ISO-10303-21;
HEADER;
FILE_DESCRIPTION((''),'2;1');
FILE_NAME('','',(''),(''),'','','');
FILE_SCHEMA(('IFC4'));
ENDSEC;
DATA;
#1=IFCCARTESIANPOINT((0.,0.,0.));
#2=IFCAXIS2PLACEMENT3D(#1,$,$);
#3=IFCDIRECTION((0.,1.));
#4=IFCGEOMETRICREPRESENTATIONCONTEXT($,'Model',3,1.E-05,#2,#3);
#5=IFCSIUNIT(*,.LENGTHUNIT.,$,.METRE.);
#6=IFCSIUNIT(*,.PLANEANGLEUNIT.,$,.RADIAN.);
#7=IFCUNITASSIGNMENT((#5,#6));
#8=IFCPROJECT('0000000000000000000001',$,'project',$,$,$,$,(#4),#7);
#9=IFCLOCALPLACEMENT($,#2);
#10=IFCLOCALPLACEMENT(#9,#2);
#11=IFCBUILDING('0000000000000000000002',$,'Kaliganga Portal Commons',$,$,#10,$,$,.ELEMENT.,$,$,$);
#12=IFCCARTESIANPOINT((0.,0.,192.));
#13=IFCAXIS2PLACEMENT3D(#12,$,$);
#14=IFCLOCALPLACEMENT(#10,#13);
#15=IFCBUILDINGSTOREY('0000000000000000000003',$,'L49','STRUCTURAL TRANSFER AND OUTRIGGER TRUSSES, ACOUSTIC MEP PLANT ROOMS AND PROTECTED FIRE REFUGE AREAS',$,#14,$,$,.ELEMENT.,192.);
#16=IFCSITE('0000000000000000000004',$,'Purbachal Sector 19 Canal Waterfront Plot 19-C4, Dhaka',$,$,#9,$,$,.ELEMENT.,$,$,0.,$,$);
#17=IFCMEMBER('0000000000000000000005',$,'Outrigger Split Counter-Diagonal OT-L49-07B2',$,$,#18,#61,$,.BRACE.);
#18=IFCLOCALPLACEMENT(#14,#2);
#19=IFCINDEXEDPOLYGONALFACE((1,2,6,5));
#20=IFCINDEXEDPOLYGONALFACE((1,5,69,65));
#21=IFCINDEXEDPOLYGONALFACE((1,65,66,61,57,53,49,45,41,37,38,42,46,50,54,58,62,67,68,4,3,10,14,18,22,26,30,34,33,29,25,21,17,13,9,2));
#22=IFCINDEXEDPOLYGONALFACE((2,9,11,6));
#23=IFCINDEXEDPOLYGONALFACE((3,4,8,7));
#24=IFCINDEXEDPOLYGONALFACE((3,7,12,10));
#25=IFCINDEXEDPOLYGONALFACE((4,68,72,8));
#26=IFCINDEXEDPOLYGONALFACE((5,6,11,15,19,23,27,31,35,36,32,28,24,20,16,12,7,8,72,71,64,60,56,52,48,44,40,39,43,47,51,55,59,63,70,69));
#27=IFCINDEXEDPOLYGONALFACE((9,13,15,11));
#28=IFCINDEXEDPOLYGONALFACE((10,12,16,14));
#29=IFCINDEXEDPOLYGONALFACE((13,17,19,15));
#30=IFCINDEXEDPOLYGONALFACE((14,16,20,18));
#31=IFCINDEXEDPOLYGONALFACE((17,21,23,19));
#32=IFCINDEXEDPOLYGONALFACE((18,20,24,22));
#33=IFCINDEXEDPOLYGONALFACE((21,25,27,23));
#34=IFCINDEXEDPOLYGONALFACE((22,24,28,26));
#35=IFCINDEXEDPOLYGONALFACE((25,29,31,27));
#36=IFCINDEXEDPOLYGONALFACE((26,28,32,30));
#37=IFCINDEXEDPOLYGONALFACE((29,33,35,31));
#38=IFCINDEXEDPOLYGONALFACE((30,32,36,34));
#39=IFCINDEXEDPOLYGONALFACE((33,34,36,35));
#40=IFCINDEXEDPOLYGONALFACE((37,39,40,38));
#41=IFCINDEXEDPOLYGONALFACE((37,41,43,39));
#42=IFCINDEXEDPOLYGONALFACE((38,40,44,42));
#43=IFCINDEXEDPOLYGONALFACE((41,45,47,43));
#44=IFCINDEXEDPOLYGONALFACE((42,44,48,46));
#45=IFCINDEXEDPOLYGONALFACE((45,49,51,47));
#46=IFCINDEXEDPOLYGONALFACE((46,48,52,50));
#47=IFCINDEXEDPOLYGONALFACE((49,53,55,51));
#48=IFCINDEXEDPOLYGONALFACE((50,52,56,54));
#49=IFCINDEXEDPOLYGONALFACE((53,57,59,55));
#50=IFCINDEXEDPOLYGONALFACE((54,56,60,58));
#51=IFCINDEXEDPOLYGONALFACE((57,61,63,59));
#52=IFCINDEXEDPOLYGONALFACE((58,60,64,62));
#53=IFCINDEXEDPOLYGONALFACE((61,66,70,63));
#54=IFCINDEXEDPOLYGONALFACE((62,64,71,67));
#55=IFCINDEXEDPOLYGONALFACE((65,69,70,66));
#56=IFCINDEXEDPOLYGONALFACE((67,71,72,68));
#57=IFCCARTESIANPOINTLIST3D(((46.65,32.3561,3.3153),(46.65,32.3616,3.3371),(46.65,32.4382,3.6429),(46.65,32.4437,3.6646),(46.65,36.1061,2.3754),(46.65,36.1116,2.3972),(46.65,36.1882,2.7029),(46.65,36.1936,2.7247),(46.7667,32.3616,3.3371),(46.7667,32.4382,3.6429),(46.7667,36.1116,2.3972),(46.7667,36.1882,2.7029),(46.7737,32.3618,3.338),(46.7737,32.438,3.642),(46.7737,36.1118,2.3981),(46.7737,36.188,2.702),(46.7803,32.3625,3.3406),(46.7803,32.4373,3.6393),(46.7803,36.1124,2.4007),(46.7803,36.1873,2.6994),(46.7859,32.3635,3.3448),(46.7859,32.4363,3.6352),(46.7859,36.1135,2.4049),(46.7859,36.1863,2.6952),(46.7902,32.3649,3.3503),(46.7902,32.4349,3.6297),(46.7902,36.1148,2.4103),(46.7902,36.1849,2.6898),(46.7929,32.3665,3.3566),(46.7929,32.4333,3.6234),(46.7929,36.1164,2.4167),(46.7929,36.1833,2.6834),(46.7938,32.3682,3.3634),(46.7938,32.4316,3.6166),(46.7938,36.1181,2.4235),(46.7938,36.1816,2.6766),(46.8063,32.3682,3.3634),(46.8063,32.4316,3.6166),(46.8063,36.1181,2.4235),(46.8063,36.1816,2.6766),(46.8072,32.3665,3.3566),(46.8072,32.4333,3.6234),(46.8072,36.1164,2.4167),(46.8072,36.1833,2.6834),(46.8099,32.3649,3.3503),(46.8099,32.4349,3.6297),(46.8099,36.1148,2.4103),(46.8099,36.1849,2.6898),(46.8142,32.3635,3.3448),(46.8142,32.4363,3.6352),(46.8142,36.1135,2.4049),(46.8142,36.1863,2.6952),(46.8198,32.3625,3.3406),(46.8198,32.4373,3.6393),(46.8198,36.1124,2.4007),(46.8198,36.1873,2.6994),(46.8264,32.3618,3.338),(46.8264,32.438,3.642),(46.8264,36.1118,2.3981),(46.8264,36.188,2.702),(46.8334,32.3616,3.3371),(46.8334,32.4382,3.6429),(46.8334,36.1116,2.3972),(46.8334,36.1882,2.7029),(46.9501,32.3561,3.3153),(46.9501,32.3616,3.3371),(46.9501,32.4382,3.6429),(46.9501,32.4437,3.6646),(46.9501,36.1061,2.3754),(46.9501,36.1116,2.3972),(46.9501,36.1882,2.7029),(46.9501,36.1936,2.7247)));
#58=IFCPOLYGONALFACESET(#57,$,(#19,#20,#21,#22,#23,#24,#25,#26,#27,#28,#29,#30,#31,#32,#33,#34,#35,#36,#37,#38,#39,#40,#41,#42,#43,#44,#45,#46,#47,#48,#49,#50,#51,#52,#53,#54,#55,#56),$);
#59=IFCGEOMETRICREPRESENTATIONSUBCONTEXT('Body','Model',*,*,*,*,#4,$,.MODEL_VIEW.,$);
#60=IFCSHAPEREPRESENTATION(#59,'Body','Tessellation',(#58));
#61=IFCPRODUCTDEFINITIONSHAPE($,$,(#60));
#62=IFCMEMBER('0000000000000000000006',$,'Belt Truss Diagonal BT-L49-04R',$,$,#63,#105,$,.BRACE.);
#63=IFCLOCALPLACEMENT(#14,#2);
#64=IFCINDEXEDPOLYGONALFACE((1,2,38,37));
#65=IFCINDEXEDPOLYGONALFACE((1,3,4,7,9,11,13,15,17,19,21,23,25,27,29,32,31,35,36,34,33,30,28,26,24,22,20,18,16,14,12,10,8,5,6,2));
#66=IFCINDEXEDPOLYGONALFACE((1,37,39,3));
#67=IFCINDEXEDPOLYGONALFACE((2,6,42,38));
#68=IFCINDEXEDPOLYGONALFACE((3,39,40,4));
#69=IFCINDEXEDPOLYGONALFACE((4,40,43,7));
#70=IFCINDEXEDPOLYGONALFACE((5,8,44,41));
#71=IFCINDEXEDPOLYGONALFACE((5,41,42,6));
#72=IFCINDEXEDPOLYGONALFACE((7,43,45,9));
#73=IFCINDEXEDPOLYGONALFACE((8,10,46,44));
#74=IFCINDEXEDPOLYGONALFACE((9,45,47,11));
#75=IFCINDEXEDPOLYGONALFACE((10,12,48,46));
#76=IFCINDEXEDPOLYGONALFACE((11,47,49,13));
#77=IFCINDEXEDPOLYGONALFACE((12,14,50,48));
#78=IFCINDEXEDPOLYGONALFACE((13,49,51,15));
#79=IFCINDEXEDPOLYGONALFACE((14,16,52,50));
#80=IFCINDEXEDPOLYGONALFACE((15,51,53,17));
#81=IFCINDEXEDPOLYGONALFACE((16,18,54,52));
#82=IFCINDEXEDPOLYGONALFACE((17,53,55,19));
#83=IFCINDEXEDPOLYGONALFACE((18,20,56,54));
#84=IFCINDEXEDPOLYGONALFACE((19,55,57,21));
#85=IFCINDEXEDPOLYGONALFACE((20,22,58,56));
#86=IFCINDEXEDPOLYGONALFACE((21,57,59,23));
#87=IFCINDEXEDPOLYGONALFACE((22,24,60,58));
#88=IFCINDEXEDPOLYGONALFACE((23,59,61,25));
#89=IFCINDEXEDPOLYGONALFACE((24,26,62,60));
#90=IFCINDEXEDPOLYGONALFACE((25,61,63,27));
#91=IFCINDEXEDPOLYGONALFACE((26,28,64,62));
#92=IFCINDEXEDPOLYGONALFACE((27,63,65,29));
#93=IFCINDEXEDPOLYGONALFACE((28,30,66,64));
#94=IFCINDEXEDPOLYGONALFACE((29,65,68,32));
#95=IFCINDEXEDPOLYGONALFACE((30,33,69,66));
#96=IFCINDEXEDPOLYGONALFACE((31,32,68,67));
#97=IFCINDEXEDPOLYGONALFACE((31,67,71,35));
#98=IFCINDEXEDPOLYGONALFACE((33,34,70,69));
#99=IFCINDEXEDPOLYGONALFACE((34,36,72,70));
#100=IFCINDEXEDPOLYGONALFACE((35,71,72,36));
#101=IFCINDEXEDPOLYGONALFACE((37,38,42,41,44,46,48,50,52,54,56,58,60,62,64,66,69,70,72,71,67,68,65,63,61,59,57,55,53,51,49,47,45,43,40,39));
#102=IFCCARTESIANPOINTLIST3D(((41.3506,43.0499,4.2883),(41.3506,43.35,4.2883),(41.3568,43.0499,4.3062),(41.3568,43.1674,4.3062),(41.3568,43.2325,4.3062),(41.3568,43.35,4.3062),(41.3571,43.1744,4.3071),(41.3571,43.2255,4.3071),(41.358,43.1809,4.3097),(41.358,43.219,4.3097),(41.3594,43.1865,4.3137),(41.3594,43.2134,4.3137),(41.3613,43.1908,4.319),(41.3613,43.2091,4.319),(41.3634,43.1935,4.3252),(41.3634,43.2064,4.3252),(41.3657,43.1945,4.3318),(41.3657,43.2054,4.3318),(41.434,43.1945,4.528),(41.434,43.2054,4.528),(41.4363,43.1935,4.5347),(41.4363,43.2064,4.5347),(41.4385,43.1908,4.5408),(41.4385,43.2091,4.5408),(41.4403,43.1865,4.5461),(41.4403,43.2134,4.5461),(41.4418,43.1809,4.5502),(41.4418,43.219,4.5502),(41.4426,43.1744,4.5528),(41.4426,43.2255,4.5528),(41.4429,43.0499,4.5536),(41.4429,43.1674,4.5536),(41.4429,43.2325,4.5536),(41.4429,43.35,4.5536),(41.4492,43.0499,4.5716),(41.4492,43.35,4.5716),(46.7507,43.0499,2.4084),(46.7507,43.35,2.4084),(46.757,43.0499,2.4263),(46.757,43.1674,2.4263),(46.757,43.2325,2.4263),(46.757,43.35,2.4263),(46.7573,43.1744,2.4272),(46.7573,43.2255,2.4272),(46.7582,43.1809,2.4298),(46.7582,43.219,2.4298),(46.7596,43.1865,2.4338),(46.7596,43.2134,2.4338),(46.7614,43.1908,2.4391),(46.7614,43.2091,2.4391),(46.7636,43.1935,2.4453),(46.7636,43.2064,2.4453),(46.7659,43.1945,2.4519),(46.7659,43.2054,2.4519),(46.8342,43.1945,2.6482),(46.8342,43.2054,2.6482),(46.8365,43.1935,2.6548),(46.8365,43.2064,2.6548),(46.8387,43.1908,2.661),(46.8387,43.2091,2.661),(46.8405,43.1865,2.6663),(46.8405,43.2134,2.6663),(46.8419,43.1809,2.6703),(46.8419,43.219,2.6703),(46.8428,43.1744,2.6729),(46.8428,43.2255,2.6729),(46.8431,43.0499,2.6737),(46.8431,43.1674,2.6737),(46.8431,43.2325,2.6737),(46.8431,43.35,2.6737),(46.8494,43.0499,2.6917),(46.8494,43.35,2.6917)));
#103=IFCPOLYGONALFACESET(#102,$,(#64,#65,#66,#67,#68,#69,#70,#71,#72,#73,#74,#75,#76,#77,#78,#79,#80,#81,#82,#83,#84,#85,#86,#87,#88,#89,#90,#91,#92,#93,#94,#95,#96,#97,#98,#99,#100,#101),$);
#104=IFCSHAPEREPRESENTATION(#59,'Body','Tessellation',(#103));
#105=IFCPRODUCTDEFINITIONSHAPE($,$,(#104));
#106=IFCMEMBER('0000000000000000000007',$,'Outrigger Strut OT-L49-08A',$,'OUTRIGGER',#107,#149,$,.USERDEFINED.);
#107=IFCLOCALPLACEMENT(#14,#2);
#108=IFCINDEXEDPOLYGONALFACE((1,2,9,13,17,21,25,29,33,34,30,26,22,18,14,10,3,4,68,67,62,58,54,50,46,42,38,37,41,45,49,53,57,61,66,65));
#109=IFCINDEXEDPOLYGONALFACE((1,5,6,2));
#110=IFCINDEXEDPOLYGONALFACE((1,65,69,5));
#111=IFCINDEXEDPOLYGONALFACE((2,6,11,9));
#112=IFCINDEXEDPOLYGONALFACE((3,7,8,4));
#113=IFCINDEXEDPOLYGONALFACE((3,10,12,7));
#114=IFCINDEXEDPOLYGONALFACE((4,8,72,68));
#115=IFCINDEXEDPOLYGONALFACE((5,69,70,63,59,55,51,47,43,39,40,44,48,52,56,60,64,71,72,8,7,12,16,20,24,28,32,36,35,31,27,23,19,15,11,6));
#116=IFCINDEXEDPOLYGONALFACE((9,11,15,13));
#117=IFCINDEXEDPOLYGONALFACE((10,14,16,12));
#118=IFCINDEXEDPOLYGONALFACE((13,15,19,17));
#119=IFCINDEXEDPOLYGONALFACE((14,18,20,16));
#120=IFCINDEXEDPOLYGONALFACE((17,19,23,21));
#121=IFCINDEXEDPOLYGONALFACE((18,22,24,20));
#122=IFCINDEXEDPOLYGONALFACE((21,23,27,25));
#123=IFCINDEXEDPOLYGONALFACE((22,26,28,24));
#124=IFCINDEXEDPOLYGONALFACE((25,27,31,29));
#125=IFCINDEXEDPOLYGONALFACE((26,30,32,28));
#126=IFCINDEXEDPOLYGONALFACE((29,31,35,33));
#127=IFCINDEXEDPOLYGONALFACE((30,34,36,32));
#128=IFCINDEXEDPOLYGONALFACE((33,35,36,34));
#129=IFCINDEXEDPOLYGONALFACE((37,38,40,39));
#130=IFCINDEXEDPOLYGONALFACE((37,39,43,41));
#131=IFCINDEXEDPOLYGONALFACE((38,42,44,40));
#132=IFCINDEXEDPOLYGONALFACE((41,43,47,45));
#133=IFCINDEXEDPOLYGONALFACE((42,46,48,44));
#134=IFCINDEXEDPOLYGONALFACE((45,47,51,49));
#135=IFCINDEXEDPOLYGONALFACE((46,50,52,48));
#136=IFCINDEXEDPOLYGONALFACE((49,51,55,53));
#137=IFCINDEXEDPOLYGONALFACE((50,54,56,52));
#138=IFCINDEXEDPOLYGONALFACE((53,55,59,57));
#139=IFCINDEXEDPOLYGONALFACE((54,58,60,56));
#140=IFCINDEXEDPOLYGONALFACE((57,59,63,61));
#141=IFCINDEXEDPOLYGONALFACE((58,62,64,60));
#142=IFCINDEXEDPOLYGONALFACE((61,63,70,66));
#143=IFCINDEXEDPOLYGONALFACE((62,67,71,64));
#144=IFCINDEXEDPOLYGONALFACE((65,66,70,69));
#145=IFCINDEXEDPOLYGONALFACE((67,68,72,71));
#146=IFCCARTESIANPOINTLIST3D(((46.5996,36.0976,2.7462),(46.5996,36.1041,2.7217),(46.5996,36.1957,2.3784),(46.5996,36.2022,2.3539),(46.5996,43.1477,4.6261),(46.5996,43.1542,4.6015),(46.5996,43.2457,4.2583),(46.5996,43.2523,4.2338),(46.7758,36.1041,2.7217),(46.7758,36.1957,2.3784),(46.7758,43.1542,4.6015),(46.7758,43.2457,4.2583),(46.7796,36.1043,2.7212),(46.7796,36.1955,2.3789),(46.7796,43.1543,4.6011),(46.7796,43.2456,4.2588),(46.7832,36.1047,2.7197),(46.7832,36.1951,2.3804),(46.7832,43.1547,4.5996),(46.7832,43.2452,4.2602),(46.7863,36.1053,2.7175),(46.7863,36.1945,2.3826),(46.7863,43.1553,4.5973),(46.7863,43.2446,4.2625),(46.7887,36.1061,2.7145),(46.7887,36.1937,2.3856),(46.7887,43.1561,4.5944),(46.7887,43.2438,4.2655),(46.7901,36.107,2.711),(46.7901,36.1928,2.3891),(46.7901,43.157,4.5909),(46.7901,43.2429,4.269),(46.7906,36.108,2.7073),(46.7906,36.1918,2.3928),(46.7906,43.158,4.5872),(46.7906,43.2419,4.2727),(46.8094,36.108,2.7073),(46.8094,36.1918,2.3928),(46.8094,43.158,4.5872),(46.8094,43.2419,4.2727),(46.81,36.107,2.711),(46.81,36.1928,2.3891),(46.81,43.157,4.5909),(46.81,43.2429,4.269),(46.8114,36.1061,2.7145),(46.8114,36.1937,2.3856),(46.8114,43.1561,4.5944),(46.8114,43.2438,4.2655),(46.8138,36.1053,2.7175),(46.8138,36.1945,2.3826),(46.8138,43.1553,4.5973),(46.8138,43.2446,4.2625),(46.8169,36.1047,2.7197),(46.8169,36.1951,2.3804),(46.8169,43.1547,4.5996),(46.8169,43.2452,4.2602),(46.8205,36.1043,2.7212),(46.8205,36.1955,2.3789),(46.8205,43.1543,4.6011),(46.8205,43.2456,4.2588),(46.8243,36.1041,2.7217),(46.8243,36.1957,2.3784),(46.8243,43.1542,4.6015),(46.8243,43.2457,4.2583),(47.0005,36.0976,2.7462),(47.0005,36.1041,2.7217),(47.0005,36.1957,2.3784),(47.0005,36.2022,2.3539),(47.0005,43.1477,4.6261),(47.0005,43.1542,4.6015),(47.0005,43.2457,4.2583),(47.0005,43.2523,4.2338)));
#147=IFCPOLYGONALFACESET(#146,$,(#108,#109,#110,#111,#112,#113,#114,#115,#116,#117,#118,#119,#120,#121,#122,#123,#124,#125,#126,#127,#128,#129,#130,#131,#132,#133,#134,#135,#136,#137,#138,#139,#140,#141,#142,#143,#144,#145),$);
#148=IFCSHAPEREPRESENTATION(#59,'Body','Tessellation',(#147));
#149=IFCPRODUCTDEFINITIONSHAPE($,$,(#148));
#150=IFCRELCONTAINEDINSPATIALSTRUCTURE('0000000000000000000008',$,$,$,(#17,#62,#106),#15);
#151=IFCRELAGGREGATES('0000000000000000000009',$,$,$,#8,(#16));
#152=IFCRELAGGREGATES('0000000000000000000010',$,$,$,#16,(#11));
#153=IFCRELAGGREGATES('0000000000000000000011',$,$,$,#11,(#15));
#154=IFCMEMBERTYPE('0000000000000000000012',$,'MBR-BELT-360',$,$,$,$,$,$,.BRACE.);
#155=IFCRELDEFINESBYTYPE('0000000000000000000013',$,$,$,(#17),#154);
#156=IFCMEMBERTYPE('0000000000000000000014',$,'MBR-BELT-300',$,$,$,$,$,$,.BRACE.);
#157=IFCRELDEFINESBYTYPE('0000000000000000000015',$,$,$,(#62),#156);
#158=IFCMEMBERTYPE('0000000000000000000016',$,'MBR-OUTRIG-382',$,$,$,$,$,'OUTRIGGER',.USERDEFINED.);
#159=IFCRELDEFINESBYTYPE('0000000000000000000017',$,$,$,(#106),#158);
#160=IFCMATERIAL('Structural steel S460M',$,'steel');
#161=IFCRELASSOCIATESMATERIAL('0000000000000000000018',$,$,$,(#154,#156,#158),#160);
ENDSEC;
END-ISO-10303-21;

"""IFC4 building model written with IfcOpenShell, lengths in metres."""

from ifc_helpers import new_model, si_unit, direction, frame, origin, origin_2d, place, context, subcontext, project, spatial, i_section, extrude, source, transform, mapped, material, material_profile, profile_set, type_object, element, save


model = new_model("IFC4")

# Units and contexts
model_context = context("Model", 3, precision=1e-05, world=origin(), true_north=direction((0.0, 1.0)))
body_context = subcontext(model_context, "Body", "Model", "MODEL_VIEW")
ifc_project = project(units=[si_unit("LENGTHUNIT", "METRE"), si_unit("PLANEANGLEUNIT", "RADIAN")], contexts=[model_context])

# Site, building, storey
site_placement = place(None, origin())
site = spatial("IfcSite", under=ifc_project, at=site_placement, Name="Purbachal Sector 19 Canal Waterfront Plot 19-C4, Dhaka", CompositionType="ELEMENT", RefElevation=0.0)
building_placement = place(site_placement, origin())
building = spatial("IfcBuilding", under=site, at=building_placement, Name="Kaliganga Portal Commons", CompositionType="ELEMENT")
storey_placement = place(building_placement, frame((0.0, 0.0, 192.0)))
storey = spatial("IfcBuildingStorey", under=building, at=storey_placement, Name="L49", Description="STRUCTURAL TRANSFER AND OUTRIGGER TRUSSES, ACOUSTIC MEP PLANT ROOMS AND PROTECTED FIRE REFUGE AREAS", CompositionType="ELEMENT", Elevation=192.0)

# Members
ifc_material_1 = material(Name="Structural steel S460M", Category="steel")
ifc_material_profile_1 = material_profile(ifc_material_1, i_section(OverallWidth=0.3, OverallDepth=0.3601, WebThickness=0.0125, FlangeThickness=0.0225, FilletRadius=0.0271, at=origin_2d()), Name="HE 360 B")
ifc_profile_set_1 = profile_set([ifc_material_profile_1], Name="Structural steel S460M wide-flange")
member_type_1 = type_object("IfcMemberType", Name="MBR-BELT-360", PredefinedType="BRACE", material=ifc_profile_set_1)
shared_shape_1 = source(origin(), body_context, "Body", "SweptSolid", [
    extrude(i_section(OverallWidth=0.3, OverallDepth=0.3601, WebThickness=0.0125, FlangeThickness=0.0225, FilletRadius=0.0271, at=origin_2d()), origin(), (0.0, 0.0, 1.0), 3.866),
])
for number, where, z_axis, x_axis, name in (
    (1, (46.8, 32.3999, 3.49), (0.0, 0.969994, -0.24313), (-1.0, 0.0, 0.0), "Outrigger Split Counter-Diagonal OT-L49-07B2"),
):
    element("IfcMember", number, at=place(storey_placement, frame(where, z_axis=z_axis, x_axis=x_axis)), inside=storey, type_object=member_type_1, Name=name, PredefinedType="BRACE", context=body_context, shape_type="MappedRepresentation", body=[
        mapped(shared_shape_1, transform((0.0, 0.0, 0.0), x_axis=(1.0, 0.0, 0.0), y_axis=(0.0, 1.0, 0.0), z_axis=(0.0, 0.0, 1.0), scale=1.0)),
    ])
ifc_material_profile_2 = material_profile(ifc_material_1, i_section(OverallWidth=0.3, OverallDepth=0.3, WebThickness=0.011, FlangeThickness=0.019, FilletRadius=0.0271, at=origin_2d()), Name="HE 300 B")
ifc_profile_set_2 = profile_set([ifc_material_profile_2], Name="Structural steel S460M wide-flange")
member_type_2 = type_object("IfcMemberType", Name="MBR-BELT-300", PredefinedType="BRACE", material=ifc_profile_set_2)
shared_shape_2 = source(origin(), body_context, "Body", "SweptSolid", [
    extrude(i_section(OverallWidth=0.3, OverallDepth=0.3, WebThickness=0.011, FlangeThickness=0.019, FilletRadius=0.0271, at=origin_2d()), origin(), (0.0, 0.0, 1.0), 5.718),
])
member_1_placement = place(storey_placement, frame((46.8, 43.2, 2.55), z_axis=(-0.944412, 0.0, 0.328766), x_axis=(0.0, -1.0, 0.0)))
element("IfcMember", 2, at=member_1_placement, inside=storey, type_object=member_type_2, Name="Belt Truss Diagonal BT-L49-04R", PredefinedType="BRACE", context=body_context, shape_type="MappedRepresentation", body=[
    mapped(shared_shape_2, transform((0.0, 0.0, 0.0), x_axis=(1.0, 0.0, 0.0), y_axis=(0.0, 1.0, 0.0), z_axis=(0.0, 0.0, 1.0), scale=1.0)),
])
ifc_material_profile_3 = material_profile(ifc_material_1, i_section(OverallWidth=0.4009, OverallDepth=0.406, WebThickness=0.0188, FlangeThickness=0.0254, FilletRadius=0.0149, at=origin_2d()), Name="HD 400x314")
ifc_profile_set_3 = profile_set([ifc_material_profile_3], Name="Structural steel S460M wide-flange")
member_type_3 = type_object("IfcMemberType", Name="MBR-OUTRIG-382", ElementType="OUTRIGGER", PredefinedType="USERDEFINED", material=ifc_profile_set_3)
shared_shape_3 = source(origin(), body_context, "Body", "SweptSolid", [
    extrude(i_section(OverallWidth=0.4009, OverallDepth=0.406, WebThickness=0.0188, FlangeThickness=0.0254, FilletRadius=0.0149, at=origin_2d()), origin(), (0.0, 0.0, 1.0), 7.2964),
])
member_2_placement = place(storey_placement, frame((46.8, 36.1499, 2.55), z_axis=(0.0, 0.966239, 0.257646), x_axis=(-1.0, 0.0, 0.0)))
element("IfcMember", 3, at=member_2_placement, inside=storey, type_object=member_type_3, Name="Outrigger Strut OT-L49-08A", ObjectType="OUTRIGGER", PredefinedType="USERDEFINED", context=body_context, shape_type="MappedRepresentation", body=[
    mapped(shared_shape_3, transform((0.0, 0.0, 0.0), x_axis=(1.0, 0.0, 0.0), y_axis=(0.0, 1.0, 0.0), z_axis=(0.0, 0.0, 1.0), scale=1.0)),
])

save(model, "model.ifc")
